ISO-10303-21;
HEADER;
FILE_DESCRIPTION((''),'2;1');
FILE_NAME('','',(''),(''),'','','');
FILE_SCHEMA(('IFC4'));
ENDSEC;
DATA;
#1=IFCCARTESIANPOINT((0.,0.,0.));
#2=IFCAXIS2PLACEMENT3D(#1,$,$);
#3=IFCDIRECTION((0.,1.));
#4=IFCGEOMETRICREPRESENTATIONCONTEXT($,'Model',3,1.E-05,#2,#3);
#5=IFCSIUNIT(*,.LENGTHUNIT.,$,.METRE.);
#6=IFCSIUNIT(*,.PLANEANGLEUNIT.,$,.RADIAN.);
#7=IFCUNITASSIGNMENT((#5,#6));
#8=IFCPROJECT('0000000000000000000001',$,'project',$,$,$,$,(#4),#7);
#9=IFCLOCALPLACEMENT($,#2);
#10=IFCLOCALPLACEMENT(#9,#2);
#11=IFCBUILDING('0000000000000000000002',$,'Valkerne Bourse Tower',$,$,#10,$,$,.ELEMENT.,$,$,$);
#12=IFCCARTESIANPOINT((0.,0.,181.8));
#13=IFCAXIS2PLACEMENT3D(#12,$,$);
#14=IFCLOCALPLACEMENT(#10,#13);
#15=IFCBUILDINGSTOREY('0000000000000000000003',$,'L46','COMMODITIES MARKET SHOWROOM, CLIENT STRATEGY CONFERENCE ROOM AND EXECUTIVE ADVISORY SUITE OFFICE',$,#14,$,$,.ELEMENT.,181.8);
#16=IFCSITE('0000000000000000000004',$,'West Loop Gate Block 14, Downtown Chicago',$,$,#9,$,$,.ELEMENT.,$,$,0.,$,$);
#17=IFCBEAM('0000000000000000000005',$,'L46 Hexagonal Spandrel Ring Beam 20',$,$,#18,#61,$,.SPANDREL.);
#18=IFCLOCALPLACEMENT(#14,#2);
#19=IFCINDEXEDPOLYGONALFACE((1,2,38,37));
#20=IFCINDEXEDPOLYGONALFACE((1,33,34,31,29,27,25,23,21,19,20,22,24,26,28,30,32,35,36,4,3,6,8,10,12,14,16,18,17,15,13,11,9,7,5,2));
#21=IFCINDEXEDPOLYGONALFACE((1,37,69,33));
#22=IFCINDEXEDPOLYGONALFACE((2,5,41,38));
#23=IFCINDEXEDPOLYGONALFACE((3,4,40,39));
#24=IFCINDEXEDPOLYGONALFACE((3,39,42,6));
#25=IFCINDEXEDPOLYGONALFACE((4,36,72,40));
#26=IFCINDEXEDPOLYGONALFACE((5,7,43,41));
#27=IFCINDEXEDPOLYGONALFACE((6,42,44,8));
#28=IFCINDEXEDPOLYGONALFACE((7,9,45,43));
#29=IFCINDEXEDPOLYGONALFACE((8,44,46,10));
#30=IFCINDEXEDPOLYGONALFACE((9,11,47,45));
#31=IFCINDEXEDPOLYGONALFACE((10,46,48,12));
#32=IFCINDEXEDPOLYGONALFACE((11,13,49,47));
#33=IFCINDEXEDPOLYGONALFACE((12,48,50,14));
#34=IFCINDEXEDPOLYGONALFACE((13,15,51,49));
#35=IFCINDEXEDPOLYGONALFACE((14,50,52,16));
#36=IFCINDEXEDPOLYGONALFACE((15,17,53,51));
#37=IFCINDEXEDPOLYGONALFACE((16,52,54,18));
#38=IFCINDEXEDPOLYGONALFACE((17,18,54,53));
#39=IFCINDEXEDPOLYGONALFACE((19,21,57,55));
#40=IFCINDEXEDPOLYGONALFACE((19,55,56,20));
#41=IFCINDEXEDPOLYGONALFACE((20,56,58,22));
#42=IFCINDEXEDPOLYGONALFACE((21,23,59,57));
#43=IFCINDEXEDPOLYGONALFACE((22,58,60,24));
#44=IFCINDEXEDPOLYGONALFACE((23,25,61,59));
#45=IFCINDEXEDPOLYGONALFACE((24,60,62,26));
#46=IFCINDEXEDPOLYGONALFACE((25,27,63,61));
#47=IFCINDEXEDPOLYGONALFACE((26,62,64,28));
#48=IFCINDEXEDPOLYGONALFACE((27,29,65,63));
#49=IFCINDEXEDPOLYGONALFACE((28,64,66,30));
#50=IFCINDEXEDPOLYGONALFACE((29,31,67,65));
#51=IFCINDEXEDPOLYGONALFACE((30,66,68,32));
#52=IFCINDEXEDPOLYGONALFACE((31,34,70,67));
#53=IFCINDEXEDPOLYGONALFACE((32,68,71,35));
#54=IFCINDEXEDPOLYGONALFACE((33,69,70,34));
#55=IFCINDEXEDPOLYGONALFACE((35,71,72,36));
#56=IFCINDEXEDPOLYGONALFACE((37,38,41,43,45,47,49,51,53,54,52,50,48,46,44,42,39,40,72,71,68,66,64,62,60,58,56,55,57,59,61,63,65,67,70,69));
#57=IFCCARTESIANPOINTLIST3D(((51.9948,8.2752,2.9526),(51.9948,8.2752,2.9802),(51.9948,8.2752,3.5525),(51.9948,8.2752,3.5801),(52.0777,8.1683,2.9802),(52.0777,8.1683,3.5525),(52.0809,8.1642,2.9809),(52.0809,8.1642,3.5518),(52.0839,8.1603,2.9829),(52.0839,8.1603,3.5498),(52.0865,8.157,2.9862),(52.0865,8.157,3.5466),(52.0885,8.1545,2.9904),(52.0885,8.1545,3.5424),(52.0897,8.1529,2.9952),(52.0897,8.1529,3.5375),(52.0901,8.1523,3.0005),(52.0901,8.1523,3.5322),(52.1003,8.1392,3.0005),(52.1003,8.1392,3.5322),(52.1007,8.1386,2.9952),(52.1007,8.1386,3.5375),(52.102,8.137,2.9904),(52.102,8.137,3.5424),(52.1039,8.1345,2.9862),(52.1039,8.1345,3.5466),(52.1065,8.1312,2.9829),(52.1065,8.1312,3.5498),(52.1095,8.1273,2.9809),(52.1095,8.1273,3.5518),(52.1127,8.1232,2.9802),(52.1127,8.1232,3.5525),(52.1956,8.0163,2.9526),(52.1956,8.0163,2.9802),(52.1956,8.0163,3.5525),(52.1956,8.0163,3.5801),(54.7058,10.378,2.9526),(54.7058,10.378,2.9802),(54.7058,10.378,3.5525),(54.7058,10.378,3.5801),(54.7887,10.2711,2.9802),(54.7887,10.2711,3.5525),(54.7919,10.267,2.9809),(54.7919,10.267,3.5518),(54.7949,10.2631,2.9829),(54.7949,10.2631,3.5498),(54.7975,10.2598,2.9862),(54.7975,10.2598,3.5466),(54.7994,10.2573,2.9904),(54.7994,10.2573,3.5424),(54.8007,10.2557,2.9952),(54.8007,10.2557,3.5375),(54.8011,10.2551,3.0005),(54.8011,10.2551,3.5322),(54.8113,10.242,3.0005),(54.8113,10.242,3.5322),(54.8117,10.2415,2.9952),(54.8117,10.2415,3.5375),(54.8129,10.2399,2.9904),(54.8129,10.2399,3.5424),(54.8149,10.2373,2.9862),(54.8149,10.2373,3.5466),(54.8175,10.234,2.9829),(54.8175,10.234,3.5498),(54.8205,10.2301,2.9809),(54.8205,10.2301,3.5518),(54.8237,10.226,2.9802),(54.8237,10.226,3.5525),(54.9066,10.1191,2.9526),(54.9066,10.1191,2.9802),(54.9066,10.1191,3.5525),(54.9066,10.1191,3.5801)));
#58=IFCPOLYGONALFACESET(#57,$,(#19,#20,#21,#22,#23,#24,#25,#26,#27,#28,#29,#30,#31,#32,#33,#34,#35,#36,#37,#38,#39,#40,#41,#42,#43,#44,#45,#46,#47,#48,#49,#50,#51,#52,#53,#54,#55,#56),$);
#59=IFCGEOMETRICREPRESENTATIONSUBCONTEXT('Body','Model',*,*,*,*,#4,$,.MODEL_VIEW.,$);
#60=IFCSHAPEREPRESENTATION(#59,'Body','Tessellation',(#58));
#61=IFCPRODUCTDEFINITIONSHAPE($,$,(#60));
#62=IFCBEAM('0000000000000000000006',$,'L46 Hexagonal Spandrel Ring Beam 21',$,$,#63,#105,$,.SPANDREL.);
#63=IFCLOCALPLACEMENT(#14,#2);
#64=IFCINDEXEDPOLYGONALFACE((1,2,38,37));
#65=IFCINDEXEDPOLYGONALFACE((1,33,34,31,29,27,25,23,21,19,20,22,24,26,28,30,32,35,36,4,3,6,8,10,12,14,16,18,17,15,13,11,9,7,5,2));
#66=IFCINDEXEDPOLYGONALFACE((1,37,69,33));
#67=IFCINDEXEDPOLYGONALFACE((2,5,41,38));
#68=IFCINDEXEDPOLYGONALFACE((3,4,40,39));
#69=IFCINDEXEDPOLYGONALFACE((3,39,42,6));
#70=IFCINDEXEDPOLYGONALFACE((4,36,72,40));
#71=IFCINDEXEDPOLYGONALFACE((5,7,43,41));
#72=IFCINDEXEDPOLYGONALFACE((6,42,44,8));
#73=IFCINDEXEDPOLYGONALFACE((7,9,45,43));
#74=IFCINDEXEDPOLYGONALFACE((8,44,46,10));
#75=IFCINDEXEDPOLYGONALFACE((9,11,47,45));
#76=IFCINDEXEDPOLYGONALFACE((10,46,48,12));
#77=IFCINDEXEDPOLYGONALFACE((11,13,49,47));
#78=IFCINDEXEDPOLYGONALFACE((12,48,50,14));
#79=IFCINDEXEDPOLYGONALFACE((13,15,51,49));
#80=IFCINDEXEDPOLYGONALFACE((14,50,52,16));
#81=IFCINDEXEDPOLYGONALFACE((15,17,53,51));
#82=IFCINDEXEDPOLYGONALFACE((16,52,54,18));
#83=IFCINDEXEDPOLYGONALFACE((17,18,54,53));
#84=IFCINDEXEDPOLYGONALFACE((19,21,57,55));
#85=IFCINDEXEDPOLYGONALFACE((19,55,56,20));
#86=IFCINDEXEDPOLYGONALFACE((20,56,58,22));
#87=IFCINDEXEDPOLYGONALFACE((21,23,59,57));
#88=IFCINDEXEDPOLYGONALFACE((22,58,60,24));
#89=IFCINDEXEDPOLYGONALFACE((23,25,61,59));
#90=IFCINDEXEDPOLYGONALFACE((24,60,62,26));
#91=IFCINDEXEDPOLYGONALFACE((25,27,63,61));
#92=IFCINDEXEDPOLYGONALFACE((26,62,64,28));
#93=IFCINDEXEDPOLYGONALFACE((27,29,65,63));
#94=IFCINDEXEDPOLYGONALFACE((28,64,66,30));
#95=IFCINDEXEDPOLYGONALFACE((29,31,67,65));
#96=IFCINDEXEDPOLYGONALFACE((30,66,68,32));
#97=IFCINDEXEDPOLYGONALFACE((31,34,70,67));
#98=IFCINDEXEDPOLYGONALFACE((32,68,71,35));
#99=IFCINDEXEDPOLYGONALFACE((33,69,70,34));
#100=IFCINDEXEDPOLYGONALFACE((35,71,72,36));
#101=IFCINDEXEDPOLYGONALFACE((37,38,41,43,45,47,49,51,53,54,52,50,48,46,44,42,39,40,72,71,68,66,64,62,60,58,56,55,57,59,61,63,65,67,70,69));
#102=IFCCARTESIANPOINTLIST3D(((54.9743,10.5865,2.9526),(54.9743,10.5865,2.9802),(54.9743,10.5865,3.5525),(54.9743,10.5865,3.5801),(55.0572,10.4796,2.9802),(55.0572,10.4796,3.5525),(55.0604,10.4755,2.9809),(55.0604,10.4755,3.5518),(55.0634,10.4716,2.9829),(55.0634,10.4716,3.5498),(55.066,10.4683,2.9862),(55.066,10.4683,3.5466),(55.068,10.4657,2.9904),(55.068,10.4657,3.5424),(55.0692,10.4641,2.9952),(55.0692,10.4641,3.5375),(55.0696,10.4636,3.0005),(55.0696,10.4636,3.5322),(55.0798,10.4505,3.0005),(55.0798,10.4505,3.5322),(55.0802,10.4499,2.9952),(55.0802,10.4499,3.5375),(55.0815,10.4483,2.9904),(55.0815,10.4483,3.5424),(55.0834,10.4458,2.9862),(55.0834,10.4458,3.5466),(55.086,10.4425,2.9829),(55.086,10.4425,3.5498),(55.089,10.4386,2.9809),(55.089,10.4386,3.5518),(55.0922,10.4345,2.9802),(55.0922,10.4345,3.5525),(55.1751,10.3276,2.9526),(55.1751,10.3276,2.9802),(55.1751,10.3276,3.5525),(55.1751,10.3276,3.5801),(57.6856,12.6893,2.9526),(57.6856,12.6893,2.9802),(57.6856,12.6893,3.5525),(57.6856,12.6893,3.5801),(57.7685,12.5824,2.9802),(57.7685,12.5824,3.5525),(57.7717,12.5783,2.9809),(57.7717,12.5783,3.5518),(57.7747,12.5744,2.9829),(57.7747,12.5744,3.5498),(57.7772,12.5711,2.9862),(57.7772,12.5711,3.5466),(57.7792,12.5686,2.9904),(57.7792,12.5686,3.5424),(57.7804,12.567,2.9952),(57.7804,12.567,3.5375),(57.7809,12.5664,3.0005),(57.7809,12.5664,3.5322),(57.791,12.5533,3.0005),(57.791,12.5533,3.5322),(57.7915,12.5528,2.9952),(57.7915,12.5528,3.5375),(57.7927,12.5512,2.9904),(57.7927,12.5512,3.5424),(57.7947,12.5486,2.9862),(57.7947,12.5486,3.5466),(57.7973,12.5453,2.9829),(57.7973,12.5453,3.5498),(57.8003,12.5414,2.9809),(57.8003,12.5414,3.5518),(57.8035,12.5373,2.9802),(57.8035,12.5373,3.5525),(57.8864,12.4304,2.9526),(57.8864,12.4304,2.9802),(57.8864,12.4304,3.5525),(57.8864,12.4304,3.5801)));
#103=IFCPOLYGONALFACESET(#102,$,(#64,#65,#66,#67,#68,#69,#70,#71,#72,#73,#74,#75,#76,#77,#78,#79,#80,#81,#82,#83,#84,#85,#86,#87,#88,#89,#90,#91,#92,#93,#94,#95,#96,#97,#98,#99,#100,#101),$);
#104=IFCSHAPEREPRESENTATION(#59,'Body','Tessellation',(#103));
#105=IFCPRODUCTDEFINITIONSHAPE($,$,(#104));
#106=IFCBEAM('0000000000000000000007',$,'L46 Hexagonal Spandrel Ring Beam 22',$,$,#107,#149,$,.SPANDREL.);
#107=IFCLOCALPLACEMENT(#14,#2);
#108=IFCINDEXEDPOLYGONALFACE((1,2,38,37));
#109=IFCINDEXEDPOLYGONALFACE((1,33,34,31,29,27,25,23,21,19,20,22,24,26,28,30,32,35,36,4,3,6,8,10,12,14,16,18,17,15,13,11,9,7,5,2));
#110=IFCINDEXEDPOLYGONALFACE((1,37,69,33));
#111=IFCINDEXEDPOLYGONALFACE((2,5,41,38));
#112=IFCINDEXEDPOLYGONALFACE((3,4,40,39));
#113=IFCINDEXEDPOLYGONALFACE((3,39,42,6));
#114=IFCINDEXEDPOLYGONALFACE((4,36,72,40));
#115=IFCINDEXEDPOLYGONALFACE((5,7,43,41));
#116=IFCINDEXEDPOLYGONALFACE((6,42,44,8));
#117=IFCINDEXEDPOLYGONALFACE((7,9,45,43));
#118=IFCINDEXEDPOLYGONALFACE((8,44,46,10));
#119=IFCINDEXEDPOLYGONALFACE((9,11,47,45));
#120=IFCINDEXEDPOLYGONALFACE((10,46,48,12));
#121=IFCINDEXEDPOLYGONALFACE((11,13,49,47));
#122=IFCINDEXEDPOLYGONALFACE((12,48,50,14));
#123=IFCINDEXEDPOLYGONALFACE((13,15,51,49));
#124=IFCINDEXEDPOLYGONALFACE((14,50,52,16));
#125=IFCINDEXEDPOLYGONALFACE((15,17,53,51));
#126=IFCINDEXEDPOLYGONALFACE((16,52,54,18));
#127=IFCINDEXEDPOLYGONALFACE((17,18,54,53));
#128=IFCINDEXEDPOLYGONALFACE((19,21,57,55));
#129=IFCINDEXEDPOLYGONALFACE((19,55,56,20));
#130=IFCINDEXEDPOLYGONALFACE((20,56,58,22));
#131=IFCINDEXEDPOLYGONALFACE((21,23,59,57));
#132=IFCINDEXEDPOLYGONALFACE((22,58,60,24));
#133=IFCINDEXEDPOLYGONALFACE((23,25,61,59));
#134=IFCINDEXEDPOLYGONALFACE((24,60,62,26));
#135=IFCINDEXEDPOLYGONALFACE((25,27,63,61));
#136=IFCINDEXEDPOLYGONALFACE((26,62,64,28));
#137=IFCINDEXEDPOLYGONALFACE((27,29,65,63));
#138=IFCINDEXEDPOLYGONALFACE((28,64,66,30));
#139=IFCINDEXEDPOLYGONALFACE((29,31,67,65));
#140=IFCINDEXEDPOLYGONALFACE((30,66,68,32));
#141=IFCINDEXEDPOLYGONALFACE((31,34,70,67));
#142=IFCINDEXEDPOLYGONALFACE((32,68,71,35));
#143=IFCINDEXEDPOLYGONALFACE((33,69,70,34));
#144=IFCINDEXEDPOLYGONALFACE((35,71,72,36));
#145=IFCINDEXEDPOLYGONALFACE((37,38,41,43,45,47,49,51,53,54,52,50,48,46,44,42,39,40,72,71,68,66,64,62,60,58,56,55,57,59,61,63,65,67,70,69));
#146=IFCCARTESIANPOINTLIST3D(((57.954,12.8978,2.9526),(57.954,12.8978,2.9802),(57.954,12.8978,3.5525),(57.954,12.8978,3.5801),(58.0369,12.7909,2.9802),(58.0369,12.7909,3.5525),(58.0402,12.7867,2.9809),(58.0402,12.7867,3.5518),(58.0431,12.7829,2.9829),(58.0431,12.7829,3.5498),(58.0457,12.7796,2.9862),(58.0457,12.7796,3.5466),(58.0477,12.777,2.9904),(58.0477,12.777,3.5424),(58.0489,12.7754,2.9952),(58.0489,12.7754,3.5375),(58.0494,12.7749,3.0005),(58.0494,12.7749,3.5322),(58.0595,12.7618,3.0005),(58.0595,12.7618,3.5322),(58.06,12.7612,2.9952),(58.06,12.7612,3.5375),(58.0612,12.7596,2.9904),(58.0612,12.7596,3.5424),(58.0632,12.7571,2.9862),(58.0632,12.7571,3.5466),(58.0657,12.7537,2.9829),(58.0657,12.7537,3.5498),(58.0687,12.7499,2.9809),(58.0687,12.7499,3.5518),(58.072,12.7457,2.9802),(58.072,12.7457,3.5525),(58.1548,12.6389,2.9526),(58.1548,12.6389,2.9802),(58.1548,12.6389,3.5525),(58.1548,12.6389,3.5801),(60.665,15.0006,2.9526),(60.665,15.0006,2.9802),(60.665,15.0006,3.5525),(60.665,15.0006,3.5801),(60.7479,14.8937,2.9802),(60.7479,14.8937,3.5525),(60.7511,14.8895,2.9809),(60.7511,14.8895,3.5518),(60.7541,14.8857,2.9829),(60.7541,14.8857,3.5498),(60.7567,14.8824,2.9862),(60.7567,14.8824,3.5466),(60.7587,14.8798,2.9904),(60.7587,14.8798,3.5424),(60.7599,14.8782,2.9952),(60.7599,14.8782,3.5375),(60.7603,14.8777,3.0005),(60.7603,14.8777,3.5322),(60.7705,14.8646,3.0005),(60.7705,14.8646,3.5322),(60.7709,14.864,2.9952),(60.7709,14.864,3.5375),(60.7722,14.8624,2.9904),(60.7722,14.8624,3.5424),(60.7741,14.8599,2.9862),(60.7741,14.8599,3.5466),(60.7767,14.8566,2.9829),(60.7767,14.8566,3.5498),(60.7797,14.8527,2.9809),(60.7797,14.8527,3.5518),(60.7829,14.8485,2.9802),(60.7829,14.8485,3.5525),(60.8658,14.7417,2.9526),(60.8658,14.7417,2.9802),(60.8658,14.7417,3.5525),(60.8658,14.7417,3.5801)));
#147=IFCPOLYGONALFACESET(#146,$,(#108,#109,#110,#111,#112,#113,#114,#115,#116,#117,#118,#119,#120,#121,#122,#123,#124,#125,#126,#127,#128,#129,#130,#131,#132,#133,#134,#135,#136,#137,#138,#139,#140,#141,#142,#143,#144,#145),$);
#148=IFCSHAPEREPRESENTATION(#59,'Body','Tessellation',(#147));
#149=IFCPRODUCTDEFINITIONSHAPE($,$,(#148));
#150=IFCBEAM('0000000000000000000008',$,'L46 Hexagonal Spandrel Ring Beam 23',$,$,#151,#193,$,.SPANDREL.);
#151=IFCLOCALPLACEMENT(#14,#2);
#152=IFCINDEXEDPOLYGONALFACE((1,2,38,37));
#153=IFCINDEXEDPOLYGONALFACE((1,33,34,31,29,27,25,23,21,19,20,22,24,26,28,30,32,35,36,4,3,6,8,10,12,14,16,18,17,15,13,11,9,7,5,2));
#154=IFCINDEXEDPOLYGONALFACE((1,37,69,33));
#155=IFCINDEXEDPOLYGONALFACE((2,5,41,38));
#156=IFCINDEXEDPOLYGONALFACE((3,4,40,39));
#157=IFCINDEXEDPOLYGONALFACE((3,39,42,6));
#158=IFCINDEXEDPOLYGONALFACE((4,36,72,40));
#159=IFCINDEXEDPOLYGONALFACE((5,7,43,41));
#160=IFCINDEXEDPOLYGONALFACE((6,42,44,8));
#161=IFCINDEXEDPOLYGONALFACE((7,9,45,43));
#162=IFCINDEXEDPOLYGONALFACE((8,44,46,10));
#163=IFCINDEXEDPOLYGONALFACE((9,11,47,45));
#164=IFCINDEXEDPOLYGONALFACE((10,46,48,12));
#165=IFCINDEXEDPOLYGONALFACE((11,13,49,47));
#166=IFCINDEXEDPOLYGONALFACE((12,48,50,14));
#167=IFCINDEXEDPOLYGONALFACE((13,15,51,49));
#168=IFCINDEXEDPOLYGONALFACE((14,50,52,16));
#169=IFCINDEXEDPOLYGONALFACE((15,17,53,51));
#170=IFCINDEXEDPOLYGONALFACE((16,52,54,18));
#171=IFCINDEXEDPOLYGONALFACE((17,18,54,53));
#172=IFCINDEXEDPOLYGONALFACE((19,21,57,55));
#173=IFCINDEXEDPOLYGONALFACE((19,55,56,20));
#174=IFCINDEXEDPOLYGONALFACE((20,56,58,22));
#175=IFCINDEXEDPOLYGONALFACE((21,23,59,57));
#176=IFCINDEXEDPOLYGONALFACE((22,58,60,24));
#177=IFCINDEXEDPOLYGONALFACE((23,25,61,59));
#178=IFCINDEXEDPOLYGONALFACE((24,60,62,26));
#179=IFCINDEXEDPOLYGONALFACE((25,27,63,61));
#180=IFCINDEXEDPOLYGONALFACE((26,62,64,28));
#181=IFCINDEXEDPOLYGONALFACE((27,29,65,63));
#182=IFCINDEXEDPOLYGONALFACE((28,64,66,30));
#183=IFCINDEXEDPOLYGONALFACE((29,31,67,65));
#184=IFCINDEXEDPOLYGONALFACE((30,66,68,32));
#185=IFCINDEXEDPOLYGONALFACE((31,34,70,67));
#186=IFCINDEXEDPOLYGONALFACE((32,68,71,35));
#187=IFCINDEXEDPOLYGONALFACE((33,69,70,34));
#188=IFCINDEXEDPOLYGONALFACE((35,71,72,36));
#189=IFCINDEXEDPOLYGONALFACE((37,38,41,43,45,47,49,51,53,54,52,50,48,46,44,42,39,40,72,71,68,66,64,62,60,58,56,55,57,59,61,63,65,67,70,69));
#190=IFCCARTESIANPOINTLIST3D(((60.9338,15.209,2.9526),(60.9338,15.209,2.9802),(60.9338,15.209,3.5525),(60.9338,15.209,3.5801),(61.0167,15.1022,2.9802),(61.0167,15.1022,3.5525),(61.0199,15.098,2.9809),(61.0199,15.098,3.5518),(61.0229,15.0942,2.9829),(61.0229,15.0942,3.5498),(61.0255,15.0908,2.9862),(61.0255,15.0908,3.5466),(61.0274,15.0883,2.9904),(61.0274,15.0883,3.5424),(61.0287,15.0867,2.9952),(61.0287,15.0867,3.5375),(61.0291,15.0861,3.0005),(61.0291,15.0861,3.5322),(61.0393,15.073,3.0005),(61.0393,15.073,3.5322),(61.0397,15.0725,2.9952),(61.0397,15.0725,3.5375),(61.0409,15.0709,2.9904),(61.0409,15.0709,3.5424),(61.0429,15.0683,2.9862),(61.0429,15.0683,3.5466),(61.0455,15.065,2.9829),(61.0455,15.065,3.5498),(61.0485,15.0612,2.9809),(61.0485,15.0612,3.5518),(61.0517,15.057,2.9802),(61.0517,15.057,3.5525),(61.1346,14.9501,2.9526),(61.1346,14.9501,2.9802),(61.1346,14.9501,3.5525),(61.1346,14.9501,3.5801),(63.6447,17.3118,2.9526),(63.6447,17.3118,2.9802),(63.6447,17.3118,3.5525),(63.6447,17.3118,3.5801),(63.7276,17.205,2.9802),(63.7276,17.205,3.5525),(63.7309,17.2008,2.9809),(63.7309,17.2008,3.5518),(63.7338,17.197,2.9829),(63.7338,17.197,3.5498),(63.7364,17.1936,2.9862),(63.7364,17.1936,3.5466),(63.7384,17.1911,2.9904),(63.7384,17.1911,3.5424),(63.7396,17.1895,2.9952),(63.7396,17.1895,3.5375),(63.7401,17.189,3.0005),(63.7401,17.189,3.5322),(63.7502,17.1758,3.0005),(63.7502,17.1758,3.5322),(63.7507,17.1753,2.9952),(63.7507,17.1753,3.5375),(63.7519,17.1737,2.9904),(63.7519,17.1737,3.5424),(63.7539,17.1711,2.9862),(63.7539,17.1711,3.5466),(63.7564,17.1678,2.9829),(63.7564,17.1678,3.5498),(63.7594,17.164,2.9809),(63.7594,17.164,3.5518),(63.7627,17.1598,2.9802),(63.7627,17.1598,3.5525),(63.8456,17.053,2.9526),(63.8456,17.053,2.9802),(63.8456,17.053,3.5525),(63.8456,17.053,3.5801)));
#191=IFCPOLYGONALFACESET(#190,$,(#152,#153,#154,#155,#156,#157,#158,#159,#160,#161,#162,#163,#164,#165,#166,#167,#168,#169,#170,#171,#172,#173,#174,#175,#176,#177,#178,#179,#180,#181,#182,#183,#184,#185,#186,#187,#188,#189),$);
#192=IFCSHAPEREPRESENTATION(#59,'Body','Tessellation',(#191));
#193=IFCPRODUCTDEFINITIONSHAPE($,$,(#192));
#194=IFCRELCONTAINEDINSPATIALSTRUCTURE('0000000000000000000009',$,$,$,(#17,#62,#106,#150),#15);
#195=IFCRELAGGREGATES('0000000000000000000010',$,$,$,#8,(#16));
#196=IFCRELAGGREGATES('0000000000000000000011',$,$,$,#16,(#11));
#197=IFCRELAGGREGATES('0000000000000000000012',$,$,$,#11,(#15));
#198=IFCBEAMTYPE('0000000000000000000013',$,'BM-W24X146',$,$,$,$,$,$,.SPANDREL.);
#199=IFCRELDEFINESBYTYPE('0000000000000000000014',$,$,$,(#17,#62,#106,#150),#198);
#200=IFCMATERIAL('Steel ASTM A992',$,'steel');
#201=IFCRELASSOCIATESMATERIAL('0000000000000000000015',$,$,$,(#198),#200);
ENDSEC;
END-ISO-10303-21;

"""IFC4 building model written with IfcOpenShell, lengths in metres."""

from ifc_helpers import new_model, si_unit, direction, frame, origin, origin_2d, place, context, subcontext, project, spatial, i_section, extrude, material, material_profile, profile_set, type_object, element, save


model = new_model("IFC4")

# Units and contexts
model_context = context("Model", 3, precision=1e-05, world=origin(), true_north=direction((0.0, 1.0)))
body_context = subcontext(model_context, "Body", "Model", "MODEL_VIEW")
ifc_project = project(units=[si_unit("LENGTHUNIT", "METRE"), si_unit("PLANEANGLEUNIT", "RADIAN")], contexts=[model_context])

# Site, building, storey
site_placement = place(None, origin())
site = spatial("IfcSite", under=ifc_project, at=site_placement, Name="West Loop Gate Block 14, Downtown Chicago", CompositionType="ELEMENT", RefElevation=0.0)
building_placement = place(site_placement, origin())
building = spatial("IfcBuilding", under=site, at=building_placement, Name="Valkerne Bourse Tower", CompositionType="ELEMENT")
storey_placement = place(building_placement, frame((0.0, 0.0, 181.8)))
storey = spatial("IfcBuildingStorey", under=building, at=storey_placement, Name="L46", Description="COMMODITIES MARKET SHOWROOM, CLIENT STRATEGY CONFERENCE ROOM AND EXECUTIVE ADVISORY SUITE OFFICE", CompositionType="ELEMENT", Elevation=181.8)

# Beams
ifc_material_1 = material(Name="Steel ASTM A992", Category="steel")
ifc_material_profile_1 = material_profile(ifc_material_1, i_section(OverallWidth=0.3276, OverallDepth=0.6274, WebThickness=0.0166, FlangeThickness=0.0276, FilletRadius=0.0203, at=origin_2d()), Name="W24X146")
ifc_profile_set_1 = profile_set([ifc_material_profile_1], Name="Steel ASTM A992")
beam_type = type_object("IfcBeamType", Name="BM-W24X146", PredefinedType="SPANDREL", material=ifc_profile_set_1)
beam_1_placement = place(storey_placement, frame((52.0952, 8.1458, 3.2664), z_axis=(0.79016, 0.612901, 0.0), x_axis=(-0.612901, 0.79016, 0.0)))
element("IfcBeam", 1, at=beam_1_placement, inside=storey, type_object=beam_type, Name="L46 Hexagonal Spandrel Ring Beam 20", PredefinedType="SPANDREL", context=body_context, shape_type="SweptSolid", body=[
    extrude(i_section(OverallWidth=0.3276, OverallDepth=0.6274, WebThickness=0.0166, FlangeThickness=0.0276, FilletRadius=0.0203, at=origin_2d()), origin(), (0.0, 0.0, 1.0), 3.4309),
])
beam_2_placement = place(storey_placement, frame((55.0747, 10.457, 3.2664), z_axis=(0.790187, 0.612866, 0.0), x_axis=(-0.612866, 0.790187, 0.0)))
element("IfcBeam", 2, at=beam_2_placement, inside=storey, type_object=beam_type, Name="L46 Hexagonal Spandrel Ring Beam 21", PredefinedType="SPANDREL", context=body_context, shape_type="SweptSolid", body=[
    extrude(i_section(OverallWidth=0.3276, OverallDepth=0.6274, WebThickness=0.0166, FlangeThickness=0.0276, FilletRadius=0.0203, at=origin_2d()), origin(), (0.0, 0.0, 1.0), 3.4312),
])
for number, where, z_axis, x_axis, name in (
    (3, (58.0544, 12.7683, 3.2664), (0.79016, 0.612901, 0.0), (-0.612901, 0.79016, 0.0), "L46 Hexagonal Spandrel Ring Beam 22"),
    (4, (61.0342, 15.0796, 3.2664), (0.79016, 0.612901, 0.0), (-0.612901, 0.79016, 0.0), "L46 Hexagonal Spandrel Ring Beam 23"),
):
    element("IfcBeam", number, at=place(storey_placement, frame(where, z_axis=z_axis, x_axis=x_axis)), inside=storey, type_object=beam_type, Name=name, PredefinedType="SPANDREL", context=body_context, shape_type="SweptSolid", body=[
        extrude(i_section(OverallWidth=0.3276, OverallDepth=0.6274, WebThickness=0.0166, FlangeThickness=0.0276, FilletRadius=0.0203, at=origin_2d()), origin(), (0.0, 0.0, 1.0), 3.4309),
    ])

save(model, "model.ifc")
